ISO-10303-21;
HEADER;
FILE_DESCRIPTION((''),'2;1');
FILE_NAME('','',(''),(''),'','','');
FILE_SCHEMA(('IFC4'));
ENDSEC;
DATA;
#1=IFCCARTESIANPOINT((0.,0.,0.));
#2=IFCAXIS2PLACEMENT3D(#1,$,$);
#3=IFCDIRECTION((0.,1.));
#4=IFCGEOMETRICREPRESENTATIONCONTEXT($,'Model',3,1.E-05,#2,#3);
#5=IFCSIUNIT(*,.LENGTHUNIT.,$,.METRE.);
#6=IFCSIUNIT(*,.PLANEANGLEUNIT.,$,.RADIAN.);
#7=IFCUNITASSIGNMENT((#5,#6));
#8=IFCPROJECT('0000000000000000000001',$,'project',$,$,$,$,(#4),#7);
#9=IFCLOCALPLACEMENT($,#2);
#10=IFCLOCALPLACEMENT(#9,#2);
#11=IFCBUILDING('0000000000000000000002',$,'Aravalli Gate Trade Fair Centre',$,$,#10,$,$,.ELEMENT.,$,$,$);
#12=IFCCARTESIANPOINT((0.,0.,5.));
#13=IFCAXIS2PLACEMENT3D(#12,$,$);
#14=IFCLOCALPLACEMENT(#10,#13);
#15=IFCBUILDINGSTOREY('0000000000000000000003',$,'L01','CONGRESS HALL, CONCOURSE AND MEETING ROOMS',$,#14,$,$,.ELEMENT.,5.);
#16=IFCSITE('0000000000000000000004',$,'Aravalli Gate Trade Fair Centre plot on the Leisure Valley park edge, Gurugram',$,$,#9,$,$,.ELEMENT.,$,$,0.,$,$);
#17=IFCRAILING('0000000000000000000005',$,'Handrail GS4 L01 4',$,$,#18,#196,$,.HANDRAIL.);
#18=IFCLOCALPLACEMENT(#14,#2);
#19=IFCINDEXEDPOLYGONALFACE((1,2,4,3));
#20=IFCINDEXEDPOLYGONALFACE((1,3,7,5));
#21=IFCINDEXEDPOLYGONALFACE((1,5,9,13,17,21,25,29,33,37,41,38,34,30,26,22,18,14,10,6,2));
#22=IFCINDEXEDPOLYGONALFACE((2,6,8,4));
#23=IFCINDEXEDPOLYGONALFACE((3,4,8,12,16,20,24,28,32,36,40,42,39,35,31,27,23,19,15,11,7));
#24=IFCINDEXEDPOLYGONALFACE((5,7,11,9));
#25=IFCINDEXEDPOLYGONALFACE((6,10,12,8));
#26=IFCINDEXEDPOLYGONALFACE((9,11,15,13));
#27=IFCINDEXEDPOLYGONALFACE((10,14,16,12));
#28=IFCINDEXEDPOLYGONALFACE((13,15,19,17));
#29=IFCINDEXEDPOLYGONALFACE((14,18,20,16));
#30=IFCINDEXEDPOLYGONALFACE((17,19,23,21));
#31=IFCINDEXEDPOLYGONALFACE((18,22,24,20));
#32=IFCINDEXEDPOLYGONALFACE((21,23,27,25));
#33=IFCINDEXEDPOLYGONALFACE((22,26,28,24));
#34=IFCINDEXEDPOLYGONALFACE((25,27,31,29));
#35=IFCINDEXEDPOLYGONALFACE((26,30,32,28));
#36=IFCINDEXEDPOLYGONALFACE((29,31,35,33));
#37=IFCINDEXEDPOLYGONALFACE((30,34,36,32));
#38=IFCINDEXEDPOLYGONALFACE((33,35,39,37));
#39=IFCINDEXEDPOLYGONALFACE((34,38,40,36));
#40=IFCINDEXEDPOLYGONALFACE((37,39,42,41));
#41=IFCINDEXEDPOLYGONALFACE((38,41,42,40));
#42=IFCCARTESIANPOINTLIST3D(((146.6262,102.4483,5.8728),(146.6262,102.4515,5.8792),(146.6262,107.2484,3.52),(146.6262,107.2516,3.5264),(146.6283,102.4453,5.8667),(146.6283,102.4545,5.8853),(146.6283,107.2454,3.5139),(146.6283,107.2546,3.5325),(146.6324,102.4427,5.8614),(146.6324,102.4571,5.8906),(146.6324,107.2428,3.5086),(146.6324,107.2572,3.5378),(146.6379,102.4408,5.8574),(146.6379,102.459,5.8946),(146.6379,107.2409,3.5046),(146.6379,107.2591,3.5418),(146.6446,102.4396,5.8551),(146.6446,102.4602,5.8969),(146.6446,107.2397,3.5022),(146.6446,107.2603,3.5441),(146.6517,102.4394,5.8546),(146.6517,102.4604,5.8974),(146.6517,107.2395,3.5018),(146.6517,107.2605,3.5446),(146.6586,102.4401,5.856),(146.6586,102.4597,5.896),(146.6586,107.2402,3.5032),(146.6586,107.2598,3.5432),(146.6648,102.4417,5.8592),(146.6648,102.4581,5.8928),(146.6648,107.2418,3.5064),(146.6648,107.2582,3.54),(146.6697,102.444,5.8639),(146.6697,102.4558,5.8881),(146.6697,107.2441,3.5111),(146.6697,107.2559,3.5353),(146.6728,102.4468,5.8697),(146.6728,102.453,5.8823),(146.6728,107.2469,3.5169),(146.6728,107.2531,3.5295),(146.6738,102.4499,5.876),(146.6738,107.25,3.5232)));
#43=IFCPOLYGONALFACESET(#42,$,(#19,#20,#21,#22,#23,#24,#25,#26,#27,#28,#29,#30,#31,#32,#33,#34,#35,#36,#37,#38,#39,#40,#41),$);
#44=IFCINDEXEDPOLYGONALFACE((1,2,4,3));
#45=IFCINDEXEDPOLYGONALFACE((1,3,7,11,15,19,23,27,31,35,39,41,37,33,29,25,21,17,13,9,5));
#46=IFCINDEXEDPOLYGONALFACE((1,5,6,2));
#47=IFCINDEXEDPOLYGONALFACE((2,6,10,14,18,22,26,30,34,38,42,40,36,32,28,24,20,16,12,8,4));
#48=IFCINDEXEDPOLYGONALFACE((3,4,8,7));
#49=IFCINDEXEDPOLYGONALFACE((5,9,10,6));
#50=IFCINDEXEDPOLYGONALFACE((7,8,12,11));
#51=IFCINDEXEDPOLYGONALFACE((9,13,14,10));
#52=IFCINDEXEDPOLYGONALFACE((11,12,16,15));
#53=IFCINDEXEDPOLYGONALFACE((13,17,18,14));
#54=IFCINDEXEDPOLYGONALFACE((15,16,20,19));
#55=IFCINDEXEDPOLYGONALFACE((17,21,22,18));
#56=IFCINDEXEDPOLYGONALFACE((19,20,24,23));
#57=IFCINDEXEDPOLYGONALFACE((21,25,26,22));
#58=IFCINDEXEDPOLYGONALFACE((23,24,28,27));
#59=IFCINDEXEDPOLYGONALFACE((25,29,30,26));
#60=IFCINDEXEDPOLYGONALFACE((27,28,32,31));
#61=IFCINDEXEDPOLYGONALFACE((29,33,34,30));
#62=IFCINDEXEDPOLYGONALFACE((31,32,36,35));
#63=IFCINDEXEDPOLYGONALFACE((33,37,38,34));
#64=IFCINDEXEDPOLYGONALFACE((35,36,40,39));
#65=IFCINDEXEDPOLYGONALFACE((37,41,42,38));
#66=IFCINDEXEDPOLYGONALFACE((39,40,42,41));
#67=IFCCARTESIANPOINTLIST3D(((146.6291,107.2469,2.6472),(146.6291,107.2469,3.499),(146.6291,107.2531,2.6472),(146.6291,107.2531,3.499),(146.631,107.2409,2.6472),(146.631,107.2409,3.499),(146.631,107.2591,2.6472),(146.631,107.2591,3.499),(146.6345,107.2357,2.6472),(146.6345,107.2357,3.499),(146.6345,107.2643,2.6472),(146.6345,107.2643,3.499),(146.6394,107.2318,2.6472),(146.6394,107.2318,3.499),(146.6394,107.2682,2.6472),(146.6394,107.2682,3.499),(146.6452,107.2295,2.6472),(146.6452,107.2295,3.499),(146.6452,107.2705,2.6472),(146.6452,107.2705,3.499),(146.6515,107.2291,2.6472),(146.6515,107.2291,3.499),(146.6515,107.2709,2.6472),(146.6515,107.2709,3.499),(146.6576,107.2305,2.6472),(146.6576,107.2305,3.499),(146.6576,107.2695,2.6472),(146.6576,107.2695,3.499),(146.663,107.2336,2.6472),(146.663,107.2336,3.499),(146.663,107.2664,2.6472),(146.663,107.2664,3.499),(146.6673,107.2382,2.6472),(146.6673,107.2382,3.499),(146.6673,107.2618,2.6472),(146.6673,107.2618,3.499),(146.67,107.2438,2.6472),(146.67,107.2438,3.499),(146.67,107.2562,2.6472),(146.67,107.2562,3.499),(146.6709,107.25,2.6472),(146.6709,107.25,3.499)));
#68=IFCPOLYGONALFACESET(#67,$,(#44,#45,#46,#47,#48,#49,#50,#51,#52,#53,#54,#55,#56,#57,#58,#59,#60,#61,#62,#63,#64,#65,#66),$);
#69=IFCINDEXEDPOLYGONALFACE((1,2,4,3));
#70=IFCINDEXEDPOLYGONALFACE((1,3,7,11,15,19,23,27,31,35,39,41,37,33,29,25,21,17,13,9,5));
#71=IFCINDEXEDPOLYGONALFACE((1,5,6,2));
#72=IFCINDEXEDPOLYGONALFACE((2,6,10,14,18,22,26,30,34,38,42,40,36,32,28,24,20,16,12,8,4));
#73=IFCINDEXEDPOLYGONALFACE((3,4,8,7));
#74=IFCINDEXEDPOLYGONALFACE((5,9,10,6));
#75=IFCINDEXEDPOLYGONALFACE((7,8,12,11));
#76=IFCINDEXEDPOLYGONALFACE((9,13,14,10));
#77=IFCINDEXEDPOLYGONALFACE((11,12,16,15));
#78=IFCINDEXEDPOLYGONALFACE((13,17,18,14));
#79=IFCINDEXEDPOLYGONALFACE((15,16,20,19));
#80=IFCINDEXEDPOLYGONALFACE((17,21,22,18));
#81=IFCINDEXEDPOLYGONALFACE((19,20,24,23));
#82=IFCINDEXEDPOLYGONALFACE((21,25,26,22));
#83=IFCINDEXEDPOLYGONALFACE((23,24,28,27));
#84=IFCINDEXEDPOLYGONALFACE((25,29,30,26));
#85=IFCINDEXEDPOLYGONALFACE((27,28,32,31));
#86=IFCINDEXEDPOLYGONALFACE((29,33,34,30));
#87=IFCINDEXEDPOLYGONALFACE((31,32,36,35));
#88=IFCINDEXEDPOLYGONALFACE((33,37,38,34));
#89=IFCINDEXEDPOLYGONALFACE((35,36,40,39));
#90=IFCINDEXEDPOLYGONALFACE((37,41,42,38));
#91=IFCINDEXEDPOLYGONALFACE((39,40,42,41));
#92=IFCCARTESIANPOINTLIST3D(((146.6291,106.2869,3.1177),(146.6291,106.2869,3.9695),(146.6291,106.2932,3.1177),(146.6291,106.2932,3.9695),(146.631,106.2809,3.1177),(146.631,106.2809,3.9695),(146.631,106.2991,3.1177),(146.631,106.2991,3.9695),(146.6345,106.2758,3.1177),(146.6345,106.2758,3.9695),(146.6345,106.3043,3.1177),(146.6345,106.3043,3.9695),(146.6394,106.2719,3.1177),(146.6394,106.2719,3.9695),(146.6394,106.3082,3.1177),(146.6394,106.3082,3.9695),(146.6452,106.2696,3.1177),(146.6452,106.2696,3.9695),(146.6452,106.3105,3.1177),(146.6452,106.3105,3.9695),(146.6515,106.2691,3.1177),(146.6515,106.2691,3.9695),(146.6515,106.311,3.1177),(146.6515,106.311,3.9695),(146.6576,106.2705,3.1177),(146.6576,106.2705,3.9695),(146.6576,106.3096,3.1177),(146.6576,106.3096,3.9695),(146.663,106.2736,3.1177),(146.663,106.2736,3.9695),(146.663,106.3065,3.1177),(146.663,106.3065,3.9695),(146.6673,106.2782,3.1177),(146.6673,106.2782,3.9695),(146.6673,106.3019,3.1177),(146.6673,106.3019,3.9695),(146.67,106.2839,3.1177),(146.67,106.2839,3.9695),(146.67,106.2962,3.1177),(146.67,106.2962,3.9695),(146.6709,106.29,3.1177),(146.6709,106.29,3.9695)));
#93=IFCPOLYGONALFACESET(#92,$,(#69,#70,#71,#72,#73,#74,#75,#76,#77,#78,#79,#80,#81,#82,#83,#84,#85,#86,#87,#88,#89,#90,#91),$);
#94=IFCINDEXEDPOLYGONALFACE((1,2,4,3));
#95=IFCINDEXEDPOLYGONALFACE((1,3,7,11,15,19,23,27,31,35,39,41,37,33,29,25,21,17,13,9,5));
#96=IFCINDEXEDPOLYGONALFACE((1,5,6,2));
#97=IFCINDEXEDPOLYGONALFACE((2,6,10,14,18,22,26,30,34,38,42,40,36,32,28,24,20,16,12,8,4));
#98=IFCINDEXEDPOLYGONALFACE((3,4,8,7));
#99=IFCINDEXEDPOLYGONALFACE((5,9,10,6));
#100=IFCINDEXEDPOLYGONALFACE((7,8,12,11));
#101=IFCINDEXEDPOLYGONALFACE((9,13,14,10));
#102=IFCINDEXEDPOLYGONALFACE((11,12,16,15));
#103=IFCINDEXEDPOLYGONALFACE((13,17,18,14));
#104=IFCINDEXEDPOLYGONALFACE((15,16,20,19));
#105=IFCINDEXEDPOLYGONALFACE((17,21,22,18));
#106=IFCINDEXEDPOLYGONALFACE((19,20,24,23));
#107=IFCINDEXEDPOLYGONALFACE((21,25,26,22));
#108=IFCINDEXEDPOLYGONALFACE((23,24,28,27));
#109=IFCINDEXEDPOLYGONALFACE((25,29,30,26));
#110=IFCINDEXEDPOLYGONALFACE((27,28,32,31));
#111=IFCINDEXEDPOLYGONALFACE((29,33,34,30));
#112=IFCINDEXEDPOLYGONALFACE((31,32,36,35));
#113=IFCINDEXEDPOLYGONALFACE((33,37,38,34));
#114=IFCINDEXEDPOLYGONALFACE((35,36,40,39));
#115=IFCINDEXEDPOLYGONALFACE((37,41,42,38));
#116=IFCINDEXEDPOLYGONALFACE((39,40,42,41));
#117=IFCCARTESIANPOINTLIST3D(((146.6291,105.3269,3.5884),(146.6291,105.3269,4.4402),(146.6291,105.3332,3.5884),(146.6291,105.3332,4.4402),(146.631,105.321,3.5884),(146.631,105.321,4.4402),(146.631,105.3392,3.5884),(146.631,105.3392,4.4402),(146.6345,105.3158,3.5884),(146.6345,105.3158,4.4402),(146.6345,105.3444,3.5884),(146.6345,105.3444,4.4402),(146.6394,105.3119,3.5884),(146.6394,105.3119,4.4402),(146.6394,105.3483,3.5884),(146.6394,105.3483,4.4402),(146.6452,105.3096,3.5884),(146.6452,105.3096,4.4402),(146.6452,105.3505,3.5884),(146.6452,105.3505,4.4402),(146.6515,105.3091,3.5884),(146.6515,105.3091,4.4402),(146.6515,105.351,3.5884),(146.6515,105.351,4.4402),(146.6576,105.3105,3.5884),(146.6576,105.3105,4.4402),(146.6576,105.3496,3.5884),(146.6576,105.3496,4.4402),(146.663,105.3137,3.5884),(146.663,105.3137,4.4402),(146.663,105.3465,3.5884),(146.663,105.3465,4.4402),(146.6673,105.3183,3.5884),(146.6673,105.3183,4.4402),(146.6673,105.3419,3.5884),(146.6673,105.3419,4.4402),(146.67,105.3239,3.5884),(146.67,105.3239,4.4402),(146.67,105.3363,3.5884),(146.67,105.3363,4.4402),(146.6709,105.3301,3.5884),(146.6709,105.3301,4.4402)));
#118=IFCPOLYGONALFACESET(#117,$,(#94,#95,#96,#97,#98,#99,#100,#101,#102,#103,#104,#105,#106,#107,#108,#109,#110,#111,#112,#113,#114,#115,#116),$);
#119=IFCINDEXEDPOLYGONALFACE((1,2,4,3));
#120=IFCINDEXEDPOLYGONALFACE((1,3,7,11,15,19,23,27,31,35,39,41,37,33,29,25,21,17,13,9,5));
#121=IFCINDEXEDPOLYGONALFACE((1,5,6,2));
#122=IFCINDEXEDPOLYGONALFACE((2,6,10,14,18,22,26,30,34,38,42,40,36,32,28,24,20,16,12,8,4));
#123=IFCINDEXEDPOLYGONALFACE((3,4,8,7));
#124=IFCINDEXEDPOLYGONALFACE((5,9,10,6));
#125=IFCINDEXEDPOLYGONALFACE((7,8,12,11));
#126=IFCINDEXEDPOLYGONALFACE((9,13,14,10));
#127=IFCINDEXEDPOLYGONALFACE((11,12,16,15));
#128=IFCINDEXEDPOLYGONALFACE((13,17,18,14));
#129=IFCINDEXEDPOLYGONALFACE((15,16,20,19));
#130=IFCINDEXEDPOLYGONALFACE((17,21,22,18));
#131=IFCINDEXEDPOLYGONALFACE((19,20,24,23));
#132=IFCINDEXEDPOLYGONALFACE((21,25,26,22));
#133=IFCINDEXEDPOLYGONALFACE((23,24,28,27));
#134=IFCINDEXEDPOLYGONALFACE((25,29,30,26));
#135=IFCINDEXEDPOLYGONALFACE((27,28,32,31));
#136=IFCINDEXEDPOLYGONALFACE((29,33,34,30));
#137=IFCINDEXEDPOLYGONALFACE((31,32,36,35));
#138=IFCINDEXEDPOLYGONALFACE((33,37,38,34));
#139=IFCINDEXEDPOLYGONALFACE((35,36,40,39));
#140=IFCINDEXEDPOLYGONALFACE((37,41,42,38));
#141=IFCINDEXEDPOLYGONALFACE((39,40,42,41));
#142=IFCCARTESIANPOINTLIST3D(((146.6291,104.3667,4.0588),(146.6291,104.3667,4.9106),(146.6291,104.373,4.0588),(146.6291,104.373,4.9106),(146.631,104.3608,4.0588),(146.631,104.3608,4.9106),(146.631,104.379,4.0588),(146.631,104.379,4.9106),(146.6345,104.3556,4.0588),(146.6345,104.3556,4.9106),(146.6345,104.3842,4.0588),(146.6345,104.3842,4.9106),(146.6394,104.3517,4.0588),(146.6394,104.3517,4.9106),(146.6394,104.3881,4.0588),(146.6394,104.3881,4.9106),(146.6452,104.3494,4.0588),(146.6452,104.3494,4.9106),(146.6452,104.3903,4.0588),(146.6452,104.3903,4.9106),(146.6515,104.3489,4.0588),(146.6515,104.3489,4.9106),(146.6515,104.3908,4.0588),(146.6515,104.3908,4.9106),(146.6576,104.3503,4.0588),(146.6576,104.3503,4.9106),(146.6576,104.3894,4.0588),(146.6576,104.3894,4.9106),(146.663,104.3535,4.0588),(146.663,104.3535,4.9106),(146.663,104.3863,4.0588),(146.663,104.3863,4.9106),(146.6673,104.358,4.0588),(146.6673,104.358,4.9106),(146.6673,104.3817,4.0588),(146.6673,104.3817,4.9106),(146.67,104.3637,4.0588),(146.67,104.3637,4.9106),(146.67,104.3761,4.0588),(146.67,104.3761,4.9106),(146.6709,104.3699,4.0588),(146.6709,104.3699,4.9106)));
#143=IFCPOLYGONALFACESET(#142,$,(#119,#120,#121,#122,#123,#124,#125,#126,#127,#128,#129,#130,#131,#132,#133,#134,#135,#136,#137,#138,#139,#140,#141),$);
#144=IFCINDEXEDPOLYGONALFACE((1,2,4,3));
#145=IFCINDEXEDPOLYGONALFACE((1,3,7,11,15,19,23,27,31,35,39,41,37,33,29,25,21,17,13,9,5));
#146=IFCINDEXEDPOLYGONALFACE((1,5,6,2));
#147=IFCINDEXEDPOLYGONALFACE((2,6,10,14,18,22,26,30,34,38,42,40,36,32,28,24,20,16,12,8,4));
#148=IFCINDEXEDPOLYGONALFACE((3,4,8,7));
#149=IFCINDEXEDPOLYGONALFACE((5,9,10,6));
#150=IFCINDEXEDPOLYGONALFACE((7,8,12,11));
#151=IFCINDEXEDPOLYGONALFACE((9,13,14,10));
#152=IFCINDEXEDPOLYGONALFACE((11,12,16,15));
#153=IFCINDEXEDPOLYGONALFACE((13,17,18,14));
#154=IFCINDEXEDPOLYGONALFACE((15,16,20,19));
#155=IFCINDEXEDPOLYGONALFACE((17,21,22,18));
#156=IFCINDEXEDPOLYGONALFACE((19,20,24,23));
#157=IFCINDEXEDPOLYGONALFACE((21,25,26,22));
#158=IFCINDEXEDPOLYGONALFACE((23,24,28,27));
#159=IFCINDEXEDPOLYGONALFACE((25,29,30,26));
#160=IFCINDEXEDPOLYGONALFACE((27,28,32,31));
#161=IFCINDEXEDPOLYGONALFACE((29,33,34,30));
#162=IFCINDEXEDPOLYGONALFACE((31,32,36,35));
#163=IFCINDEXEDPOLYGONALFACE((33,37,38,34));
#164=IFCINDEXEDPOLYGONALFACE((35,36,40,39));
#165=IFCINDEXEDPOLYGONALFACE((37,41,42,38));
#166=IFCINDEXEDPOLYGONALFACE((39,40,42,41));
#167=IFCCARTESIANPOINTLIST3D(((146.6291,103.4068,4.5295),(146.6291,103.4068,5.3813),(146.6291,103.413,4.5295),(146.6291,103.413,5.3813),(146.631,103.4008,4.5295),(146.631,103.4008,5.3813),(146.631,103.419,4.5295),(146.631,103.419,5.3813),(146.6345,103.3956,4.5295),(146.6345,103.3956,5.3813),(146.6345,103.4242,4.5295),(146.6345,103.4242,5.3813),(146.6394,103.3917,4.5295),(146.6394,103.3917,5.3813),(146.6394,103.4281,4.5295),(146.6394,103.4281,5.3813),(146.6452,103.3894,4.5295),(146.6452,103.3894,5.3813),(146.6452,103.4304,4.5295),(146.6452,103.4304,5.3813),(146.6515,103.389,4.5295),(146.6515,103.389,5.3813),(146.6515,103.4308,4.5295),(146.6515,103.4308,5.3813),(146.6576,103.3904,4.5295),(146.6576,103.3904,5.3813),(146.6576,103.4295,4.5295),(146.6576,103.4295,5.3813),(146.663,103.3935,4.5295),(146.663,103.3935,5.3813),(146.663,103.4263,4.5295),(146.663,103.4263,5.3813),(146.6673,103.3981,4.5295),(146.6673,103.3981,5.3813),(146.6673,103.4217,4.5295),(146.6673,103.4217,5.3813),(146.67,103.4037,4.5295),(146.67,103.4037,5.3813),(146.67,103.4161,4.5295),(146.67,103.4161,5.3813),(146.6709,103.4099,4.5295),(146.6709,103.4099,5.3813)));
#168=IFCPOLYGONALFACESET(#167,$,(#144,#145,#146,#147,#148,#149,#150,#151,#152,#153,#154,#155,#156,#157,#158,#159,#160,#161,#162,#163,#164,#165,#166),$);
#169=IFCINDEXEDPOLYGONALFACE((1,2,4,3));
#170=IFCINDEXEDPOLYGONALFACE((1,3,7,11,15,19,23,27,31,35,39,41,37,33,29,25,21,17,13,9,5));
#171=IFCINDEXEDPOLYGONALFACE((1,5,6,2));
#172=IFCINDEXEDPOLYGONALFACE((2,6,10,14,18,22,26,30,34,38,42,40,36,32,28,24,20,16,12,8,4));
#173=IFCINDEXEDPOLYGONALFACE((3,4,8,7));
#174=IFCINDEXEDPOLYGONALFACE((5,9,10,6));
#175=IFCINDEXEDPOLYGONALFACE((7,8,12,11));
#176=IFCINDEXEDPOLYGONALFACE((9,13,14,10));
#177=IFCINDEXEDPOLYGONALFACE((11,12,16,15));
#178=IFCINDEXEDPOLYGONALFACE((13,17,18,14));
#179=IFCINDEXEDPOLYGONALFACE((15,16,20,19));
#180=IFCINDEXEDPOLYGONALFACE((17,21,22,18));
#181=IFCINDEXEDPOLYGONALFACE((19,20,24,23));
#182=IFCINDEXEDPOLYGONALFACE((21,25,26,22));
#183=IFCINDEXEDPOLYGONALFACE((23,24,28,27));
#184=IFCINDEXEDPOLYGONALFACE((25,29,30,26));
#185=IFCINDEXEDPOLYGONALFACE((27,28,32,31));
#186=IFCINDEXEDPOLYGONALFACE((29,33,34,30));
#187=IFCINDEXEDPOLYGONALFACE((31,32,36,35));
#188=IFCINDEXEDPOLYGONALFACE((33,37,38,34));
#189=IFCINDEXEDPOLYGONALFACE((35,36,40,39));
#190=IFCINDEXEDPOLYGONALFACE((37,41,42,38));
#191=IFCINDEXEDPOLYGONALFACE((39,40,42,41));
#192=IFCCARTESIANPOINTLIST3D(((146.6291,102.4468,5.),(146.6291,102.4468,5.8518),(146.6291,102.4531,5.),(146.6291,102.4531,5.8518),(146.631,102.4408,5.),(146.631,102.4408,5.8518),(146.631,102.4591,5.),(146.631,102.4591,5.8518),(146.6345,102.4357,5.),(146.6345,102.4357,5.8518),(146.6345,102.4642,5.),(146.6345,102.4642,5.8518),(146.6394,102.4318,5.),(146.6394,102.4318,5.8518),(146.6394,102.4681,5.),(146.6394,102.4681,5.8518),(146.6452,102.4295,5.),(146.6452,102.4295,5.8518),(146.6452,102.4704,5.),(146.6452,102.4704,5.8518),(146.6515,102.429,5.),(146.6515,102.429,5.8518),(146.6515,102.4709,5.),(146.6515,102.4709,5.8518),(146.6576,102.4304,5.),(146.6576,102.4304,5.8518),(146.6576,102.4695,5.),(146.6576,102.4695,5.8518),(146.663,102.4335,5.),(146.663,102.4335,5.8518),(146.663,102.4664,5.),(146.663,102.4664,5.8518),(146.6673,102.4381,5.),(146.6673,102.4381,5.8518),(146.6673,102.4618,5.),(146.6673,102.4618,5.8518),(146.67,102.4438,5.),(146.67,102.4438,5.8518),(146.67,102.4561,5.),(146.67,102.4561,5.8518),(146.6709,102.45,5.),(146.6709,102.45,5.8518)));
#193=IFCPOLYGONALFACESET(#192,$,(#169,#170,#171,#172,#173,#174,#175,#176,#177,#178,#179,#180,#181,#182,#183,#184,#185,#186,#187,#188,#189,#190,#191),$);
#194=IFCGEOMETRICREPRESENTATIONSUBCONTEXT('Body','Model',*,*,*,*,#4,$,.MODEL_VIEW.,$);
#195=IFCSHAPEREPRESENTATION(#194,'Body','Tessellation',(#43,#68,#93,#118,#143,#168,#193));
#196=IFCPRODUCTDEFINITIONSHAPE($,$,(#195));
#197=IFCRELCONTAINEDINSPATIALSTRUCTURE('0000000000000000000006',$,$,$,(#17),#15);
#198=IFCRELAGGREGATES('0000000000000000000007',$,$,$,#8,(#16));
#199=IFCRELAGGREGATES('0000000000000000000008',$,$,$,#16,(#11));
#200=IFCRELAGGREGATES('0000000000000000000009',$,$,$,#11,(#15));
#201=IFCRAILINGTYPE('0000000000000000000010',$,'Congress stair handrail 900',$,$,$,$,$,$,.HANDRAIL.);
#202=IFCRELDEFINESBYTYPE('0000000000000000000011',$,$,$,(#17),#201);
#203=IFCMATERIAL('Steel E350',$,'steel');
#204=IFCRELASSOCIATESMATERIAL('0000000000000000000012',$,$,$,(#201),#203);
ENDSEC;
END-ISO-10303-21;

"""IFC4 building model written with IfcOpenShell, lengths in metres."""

from ifc_helpers import new_model, si_unit, direction, frame, origin, origin_2d, place, context, subcontext, project, spatial, circle, extrude, material, type_object, element, save


model = new_model("IFC4")

# Units and contexts
model_context = context("Model", 3, precision=1e-05, world=origin(), true_north=direction((0.0, 1.0)))
body_context = subcontext(model_context, "Body", "Model", "MODEL_VIEW")
ifc_project = project(units=[si_unit("LENGTHUNIT", "METRE"), si_unit("PLANEANGLEUNIT", "RADIAN")], contexts=[model_context])

# Site, building, storey
site_placement = place(None, origin())
site = spatial("IfcSite", under=ifc_project, at=site_placement, Name="Aravalli Gate Trade Fair Centre plot on the Leisure Valley park edge, Gurugram", CompositionType="ELEMENT", RefElevation=0.0)
building_placement = place(site_placement, origin())
building = spatial("IfcBuilding", under=site, at=building_placement, Name="Aravalli Gate Trade Fair Centre", CompositionType="ELEMENT")
storey_placement = place(building_placement, frame((0.0, 0.0, 5.0)))
storey = spatial("IfcBuildingStorey", under=building, at=storey_placement, Name="L01", Description="CONGRESS HALL, CONCOURSE AND MEETING ROOMS", CompositionType="ELEMENT", Elevation=5.0)

# Shared definitions
ifc_material_1 = material(Name="Steel E350", Category="steel")

# Railing
railing_type = type_object("IfcRailingType", Name="Congress stair handrail 900", PredefinedType="HANDRAIL", material=ifc_material_1)
for number, where, name in (
    (1, (146.6499, 107.25, 2.6472), "Handrail GS4 L01 4"),
):
    element("IfcRailing", number, at=place(storey_placement, frame(where)), inside=storey, type_object=railing_type, Name=name, PredefinedType="HANDRAIL", context=body_context, shape_type="SweptSolid", body=[
        extrude(circle(Radius=0.0239, at=origin_2d()), frame((0.0, 0.0, 0.876), z_axis=(0.0, -0.897934, 0.44013), x_axis=(1.0, 0.0, 0.0)), (0.0, 0.0, 1.0), 5.3457),
        extrude(circle(Radius=0.021, at=origin_2d()), origin(), (0.0, 0.0, 1.0), 0.8518),
        extrude(circle(Radius=0.021, at=origin_2d()), frame((0.0, -0.96, 0.4705)), (0.0, 0.0, 1.0), 0.8518),
        extrude(circle(Radius=0.021, at=origin_2d()), frame((0.0, -1.9199, 0.9412)), (0.0, 0.0, 1.0), 0.8518),
        extrude(circle(Radius=0.021, at=origin_2d()), frame((0.0, -2.8801, 1.4116)), (0.0, 0.0, 1.0), 0.8518),
        extrude(circle(Radius=0.021, at=origin_2d()), frame((0.0, -3.8401, 1.8823)), (0.0, 0.0, 1.0), 0.8518),
        extrude(circle(Radius=0.021, at=origin_2d()), frame((0.0, -4.8, 2.3528)), (0.0, 0.0, 1.0), 0.8518),
    ])

save(model, "model.ifc")
